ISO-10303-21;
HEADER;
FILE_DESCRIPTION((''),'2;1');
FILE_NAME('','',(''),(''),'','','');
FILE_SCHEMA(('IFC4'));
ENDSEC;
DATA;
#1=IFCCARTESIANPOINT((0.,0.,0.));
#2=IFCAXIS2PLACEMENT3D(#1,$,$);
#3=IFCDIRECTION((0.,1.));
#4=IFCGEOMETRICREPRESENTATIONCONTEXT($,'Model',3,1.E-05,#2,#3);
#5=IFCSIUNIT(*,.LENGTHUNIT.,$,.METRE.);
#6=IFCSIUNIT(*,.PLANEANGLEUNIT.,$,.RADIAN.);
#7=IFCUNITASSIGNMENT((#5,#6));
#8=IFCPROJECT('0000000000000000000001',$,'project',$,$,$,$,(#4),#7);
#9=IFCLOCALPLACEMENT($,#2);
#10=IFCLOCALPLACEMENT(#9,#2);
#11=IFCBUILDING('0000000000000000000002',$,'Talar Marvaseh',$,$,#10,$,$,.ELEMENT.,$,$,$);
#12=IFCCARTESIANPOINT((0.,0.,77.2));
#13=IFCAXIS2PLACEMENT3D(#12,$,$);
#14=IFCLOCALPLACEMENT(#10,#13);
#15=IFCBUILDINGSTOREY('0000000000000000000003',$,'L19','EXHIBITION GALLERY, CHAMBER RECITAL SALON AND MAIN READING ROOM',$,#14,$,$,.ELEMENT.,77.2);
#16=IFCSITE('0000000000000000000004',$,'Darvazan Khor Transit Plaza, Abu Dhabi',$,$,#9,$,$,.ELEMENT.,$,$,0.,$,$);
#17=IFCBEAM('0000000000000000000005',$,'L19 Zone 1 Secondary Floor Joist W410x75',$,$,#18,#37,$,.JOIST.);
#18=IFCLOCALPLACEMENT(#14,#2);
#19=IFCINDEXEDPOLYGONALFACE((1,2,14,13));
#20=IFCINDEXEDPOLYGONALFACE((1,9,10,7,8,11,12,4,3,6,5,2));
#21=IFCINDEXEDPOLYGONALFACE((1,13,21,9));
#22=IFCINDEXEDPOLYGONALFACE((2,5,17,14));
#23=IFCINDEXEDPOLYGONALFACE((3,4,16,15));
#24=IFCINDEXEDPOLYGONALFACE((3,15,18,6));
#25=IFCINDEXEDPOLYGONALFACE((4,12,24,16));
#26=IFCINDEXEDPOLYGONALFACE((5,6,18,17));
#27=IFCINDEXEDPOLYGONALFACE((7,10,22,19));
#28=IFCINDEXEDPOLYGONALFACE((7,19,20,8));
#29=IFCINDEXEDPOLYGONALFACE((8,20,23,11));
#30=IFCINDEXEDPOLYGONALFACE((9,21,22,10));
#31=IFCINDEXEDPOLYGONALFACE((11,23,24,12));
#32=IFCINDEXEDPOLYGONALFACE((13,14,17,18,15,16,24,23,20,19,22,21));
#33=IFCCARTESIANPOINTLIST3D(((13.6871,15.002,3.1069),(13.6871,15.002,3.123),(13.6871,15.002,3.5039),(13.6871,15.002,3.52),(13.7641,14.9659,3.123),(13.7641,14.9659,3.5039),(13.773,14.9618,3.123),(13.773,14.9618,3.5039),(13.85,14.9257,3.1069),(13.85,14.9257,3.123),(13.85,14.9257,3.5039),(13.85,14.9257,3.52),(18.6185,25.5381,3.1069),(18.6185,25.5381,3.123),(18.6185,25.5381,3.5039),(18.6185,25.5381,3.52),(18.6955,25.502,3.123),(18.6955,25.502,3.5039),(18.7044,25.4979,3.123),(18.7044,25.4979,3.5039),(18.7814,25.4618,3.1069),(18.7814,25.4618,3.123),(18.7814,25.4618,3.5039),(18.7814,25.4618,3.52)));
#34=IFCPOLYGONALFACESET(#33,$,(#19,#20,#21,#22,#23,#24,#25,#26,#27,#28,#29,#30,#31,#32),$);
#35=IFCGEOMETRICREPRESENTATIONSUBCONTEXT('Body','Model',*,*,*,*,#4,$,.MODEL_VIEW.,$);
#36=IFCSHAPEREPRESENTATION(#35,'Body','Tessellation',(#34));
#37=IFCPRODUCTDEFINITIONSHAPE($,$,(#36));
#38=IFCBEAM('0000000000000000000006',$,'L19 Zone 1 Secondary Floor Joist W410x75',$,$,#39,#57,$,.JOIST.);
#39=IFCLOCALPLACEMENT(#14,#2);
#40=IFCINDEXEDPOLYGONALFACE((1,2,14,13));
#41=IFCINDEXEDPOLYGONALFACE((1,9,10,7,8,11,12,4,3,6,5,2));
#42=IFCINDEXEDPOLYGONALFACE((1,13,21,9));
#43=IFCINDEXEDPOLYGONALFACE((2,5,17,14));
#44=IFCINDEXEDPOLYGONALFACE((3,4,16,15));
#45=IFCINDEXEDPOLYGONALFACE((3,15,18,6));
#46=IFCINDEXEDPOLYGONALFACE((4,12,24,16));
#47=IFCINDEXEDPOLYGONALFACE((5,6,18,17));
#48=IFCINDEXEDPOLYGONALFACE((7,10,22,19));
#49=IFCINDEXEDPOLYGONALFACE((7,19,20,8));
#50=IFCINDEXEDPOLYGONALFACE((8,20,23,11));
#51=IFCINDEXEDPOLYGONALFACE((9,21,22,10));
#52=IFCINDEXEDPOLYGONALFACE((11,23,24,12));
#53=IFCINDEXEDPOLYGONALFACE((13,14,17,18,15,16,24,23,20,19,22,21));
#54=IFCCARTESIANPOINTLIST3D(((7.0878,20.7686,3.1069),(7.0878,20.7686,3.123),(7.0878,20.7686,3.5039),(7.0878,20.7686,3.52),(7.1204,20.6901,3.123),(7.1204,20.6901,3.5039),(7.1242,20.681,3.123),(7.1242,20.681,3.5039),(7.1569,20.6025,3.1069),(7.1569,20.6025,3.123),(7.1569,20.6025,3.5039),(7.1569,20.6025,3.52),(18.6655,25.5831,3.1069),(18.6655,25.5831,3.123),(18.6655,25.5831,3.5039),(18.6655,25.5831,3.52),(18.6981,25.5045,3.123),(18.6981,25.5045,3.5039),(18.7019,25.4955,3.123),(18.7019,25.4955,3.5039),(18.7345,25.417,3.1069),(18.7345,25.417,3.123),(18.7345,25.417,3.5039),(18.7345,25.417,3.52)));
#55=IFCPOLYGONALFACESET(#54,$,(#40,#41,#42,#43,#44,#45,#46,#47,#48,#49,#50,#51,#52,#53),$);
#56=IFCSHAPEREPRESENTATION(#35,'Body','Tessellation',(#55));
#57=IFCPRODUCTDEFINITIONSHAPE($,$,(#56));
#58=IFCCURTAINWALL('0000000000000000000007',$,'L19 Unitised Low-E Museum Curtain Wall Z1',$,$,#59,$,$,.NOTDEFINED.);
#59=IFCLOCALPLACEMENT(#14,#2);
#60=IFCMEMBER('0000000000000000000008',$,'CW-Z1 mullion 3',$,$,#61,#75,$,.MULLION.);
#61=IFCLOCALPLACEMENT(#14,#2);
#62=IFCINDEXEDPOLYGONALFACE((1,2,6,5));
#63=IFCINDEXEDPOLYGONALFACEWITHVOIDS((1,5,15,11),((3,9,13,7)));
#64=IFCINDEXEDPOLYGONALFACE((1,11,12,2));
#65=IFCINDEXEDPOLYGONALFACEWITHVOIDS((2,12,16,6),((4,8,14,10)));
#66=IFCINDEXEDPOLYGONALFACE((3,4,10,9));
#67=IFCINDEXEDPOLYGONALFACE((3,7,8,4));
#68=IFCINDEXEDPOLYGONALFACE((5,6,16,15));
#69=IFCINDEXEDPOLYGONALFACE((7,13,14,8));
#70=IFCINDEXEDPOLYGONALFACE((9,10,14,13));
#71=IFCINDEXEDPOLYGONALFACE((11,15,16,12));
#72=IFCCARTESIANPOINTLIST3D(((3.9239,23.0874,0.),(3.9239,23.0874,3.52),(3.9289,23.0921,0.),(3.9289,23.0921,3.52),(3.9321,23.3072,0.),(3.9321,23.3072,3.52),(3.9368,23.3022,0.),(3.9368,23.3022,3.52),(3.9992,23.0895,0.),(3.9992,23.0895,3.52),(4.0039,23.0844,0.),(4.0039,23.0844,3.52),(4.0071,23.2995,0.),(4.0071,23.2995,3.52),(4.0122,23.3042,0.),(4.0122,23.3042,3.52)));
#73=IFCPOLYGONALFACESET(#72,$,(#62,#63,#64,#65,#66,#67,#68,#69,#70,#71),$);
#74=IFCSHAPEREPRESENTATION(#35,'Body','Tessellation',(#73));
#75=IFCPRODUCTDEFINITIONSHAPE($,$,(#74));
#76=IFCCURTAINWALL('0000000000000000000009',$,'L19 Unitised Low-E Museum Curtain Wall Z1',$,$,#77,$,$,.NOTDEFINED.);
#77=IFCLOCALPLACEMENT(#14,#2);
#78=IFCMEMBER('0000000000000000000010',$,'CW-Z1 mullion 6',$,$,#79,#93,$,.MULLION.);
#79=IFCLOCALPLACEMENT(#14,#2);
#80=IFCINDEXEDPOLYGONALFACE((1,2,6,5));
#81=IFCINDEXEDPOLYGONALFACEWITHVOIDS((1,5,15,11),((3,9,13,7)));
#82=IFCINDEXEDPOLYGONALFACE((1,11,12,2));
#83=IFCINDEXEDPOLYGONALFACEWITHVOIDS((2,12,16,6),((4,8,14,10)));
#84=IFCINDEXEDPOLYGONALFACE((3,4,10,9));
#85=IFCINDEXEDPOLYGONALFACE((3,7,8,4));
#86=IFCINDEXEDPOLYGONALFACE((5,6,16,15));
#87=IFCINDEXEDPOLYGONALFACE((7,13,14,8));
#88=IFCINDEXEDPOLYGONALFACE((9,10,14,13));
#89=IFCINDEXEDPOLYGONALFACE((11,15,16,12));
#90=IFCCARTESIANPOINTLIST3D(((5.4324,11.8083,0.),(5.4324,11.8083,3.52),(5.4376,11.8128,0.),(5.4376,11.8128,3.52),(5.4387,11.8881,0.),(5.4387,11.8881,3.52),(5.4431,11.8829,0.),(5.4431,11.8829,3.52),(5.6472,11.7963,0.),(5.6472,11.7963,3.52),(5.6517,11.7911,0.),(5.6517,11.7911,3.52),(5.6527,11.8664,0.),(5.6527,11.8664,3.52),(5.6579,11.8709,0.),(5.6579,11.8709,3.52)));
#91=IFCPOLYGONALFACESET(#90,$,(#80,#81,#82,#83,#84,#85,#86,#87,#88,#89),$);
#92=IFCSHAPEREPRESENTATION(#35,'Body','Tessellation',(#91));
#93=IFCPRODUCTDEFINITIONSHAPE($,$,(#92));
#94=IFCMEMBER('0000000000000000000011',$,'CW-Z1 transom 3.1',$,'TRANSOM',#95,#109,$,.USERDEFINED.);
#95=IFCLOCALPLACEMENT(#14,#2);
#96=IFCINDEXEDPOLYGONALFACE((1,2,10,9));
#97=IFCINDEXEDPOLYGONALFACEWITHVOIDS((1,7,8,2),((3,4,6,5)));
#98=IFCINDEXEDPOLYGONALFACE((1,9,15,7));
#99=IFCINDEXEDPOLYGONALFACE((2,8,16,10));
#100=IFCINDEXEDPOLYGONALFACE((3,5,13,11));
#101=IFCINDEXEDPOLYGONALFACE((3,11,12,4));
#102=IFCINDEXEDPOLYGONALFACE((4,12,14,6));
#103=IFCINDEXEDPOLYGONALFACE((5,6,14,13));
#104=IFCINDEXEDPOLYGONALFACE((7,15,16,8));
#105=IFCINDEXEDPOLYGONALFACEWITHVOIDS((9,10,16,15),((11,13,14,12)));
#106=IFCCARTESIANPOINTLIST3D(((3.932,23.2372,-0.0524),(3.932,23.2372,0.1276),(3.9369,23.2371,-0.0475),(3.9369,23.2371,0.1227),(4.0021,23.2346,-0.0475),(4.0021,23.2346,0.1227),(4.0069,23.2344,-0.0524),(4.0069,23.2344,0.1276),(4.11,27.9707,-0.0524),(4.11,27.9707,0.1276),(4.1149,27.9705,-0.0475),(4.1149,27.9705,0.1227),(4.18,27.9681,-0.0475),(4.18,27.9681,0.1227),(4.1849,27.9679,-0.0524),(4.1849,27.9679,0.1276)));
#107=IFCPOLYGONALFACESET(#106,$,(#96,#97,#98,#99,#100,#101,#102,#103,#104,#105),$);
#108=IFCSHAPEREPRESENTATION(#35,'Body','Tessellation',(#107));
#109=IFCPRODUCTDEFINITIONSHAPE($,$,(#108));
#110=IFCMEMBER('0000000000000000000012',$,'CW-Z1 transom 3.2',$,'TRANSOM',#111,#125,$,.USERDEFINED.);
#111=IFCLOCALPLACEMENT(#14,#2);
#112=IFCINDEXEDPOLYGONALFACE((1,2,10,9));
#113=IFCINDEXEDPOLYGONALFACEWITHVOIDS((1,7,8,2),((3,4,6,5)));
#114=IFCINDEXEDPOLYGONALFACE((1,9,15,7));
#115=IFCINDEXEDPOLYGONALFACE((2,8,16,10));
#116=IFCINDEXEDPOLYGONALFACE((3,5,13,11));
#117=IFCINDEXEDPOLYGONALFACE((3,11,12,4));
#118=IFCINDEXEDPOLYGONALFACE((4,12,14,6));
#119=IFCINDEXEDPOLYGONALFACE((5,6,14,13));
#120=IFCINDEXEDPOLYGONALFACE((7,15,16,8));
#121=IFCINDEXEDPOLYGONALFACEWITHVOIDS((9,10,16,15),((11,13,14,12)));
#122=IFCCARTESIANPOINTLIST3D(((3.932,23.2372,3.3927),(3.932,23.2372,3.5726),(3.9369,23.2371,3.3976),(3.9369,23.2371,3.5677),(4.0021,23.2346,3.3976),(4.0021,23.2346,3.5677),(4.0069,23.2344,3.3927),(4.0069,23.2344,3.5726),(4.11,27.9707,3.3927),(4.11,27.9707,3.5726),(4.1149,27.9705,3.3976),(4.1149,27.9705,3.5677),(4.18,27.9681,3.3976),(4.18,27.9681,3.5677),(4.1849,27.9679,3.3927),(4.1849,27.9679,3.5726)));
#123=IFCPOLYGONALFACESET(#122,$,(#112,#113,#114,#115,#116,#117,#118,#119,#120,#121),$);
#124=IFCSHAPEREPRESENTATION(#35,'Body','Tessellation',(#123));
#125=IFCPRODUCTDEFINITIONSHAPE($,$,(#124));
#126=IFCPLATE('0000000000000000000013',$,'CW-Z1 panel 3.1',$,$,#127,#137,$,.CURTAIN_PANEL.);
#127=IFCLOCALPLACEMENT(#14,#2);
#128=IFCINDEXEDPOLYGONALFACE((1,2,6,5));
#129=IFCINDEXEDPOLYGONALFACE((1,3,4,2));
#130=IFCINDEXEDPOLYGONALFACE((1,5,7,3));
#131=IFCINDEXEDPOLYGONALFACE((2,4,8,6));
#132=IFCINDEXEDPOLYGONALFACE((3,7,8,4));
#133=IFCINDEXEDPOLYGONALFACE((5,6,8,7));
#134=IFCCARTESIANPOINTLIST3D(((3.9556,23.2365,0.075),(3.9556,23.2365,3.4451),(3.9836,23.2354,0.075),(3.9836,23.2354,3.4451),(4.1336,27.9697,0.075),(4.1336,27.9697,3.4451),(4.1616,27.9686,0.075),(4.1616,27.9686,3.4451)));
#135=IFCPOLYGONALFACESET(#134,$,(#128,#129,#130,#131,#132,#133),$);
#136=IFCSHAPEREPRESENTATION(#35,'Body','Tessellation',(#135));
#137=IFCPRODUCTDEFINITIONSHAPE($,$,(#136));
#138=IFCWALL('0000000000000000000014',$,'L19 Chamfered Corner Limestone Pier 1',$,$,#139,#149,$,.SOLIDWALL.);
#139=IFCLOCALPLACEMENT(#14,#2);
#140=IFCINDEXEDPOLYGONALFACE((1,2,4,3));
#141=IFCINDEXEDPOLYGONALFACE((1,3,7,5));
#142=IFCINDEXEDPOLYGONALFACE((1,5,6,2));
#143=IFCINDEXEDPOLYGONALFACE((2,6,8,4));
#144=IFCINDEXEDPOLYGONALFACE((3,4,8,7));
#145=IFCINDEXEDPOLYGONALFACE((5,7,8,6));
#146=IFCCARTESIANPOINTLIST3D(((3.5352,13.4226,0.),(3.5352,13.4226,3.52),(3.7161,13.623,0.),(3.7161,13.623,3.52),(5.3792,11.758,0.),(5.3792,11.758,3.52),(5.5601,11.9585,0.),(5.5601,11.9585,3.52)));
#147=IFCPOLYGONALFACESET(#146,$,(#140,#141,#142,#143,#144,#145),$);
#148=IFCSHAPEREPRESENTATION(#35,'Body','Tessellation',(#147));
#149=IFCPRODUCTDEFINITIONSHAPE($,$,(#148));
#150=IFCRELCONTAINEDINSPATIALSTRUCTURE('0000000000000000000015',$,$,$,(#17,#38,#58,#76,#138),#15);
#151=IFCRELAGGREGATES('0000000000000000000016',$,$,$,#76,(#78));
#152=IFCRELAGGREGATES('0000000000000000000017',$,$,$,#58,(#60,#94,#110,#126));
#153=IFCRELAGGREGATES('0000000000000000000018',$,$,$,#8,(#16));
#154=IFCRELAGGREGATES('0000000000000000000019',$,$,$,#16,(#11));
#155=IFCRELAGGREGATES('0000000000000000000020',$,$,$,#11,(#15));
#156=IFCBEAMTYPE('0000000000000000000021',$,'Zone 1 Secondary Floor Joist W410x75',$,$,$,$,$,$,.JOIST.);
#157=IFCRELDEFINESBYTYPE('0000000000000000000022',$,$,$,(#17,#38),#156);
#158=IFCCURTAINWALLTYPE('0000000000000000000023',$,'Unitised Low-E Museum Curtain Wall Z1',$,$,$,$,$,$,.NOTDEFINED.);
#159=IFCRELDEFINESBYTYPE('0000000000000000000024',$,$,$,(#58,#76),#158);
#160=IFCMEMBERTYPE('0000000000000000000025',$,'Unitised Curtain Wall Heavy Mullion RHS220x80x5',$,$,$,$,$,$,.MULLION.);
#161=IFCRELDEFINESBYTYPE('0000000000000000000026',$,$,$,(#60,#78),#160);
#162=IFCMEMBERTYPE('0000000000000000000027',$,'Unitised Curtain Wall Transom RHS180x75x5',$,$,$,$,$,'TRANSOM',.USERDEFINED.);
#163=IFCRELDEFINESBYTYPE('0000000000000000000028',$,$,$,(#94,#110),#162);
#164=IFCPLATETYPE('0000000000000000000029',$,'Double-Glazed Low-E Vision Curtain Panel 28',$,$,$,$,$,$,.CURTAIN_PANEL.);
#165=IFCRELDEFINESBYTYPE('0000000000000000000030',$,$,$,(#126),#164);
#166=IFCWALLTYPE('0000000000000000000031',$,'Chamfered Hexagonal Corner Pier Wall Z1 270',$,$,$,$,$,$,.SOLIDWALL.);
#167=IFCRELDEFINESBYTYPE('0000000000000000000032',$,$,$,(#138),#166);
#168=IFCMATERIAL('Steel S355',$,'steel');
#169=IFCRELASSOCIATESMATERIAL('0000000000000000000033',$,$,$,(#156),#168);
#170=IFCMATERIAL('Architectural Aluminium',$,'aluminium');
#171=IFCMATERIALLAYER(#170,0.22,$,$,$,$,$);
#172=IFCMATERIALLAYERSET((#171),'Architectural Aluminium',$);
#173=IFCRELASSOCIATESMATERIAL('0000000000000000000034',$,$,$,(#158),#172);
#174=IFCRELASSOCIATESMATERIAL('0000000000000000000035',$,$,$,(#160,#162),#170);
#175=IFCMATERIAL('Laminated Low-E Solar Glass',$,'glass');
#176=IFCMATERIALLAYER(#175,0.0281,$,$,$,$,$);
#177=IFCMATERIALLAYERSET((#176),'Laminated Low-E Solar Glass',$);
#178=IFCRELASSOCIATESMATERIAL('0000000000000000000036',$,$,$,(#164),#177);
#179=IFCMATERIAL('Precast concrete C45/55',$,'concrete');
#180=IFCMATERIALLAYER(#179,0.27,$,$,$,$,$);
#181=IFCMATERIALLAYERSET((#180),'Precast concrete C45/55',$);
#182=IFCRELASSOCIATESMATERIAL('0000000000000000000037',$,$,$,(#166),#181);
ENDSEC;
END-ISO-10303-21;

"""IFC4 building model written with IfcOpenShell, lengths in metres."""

from ifc_helpers import new_model, si_unit, direction, frame, frame_2d, origin, origin_2d, place, context, subcontext, project, spatial, rectangle, hollow_rectangle, i_section, extrude, source, transform, mapped, material, layer, layer_set, material_profile, profile_set, type_object, type_shapes, element, aggregate, save


model = new_model("IFC4")

# Units and contexts
model_context = context("Model", 3, precision=1e-05, world=origin(), true_north=direction((0.0, 1.0)))
body_context = subcontext(model_context, "Body", "Model", "MODEL_VIEW")
ifc_project = project(units=[si_unit("LENGTHUNIT", "METRE"), si_unit("PLANEANGLEUNIT", "RADIAN")], contexts=[model_context])

# Site, building, storey
site_placement = place(None, origin())
site = spatial("IfcSite", under=ifc_project, at=site_placement, Name="Darvazan Khor Transit Plaza, Abu Dhabi", CompositionType="ELEMENT", RefElevation=0.0)
building_placement = place(site_placement, origin())
building = spatial("IfcBuilding", under=site, at=building_placement, Name="Talar Marvaseh", CompositionType="ELEMENT")
storey_placement = place(building_placement, frame((0.0, 0.0, 77.2)))
storey = spatial("IfcBuildingStorey", under=building, at=storey_placement, Name="L19", Description="EXHIBITION GALLERY, CHAMBER RECITAL SALON AND MAIN READING ROOM", CompositionType="ELEMENT", Elevation=77.2)

# Beams
ifc_material_1 = material(Name="Steel S355", Category="steel")
ifc_material_profile_1 = material_profile(ifc_material_1, i_section(OverallWidth=0.1799, OverallDepth=0.4131, WebThickness=0.0098, FlangeThickness=0.0161, at=origin_2d()), Name="W410x75")
ifc_profile_set_1 = profile_set([ifc_material_profile_1], Name="Steel S355")
beam_type_1 = type_object("IfcBeamType", Name="Zone 1 Secondary Floor Joist W410x75", PredefinedType="JOIST", material=ifc_profile_set_1)
beam_1_placement = place(storey_placement, frame((13.7686, 14.9639, 3.3135), z_axis=(0.423911, 0.905704, 0.0), x_axis=(-0.905704, 0.423911, 0.0)))
element("IfcBeam", 1, at=beam_1_placement, inside=storey, type_object=beam_type_1, Name="L19 Zone 1 Secondary Floor Joist W410x75", PredefinedType="JOIST", context=body_context, shape_type="SweptSolid", body=[
    extrude(i_section(OverallWidth=0.1799, OverallDepth=0.4131, WebThickness=0.0098, FlangeThickness=0.0161, at=origin_2d()), origin(), (0.0, 0.0, 1.0), 11.6331),
])
beam_2_placement = place(storey_placement, frame((7.1223, 20.6855, 3.3135), z_axis=(0.923347, 0.383965, 0.0), x_axis=(-0.383965, 0.923347, 0.0)))
element("IfcBeam", 2, at=beam_2_placement, inside=storey, type_object=beam_type_1, Name="L19 Zone 1 Secondary Floor Joist W410x75", PredefinedType="JOIST", context=body_context, shape_type="SweptSolid", body=[
    extrude(i_section(OverallWidth=0.1799, OverallDepth=0.4131, WebThickness=0.0098, FlangeThickness=0.0161, at=origin_2d()), origin(), (0.0, 0.0, 1.0), 12.5388),
])

# Curtain walls, members
ifc_material_2 = material(Name="Architectural Aluminium", Category="aluminium")
ifc_layer_1 = layer(ifc_material_2, 0.22)
ifc_layer_set_1 = layer_set([ifc_layer_1], Name="Architectural Aluminium")
curtain_wall_type = type_object("IfcCurtainWallType", Name="Unitised Low-E Museum Curtain Wall Z1", PredefinedType="NOTDEFINED", material=ifc_layer_set_1)
curtain_wall_1_placement = place(storey_placement, origin())
curtain_wall_1 = element("IfcCurtainWall", 3, at=curtain_wall_1_placement, inside=storey, type_object=curtain_wall_type, Name="L19 Unitised Low-E Museum Curtain Wall Z1", PredefinedType="NOTDEFINED")
ifc_material_profile_2 = material_profile(ifc_material_2, hollow_rectangle(XDim=0.0801, YDim=0.22, WallThickness=0.0049, at=origin_2d()), Name="RHS220x80x5")
ifc_profile_set_2 = profile_set([ifc_material_profile_2], Name="Architectural Aluminium")
member_type_1 = type_object("IfcMemberType", Name="Unitised Curtain Wall Heavy Mullion RHS220x80x5", PredefinedType="MULLION", material=ifc_profile_set_2)
shared_shape_1 = source(origin(), body_context, "Body", "SweptSolid", [
    extrude(hollow_rectangle(XDim=0.0801, YDim=0.22, WallThickness=0.0049, at=origin_2d()), origin(), (0.0, 0.0, 1.0), 3.52),
])
type_shapes(member_type_1, [shared_shape_1])
member_1_placement = place(storey_placement, frame((3.968, 23.1958, 0.0), z_axis=(0.0, 0.0, 1.0), x_axis=(-0.999293, 0.037584, 0.0)))
member_1 = element("IfcMember", 4, at=member_1_placement, type_object=member_type_1, Name="CW-Z1 mullion 3", PredefinedType="MULLION", context=body_context, shape_type="MappedRepresentation", body=[
    mapped(shared_shape_1, transform((0.0, 0.0, 0.0), x_axis=(1.0, 0.0, 0.0), y_axis=(0.0, 1.0, 0.0), z_axis=(0.0, 0.0, 1.0), scale=1.0)),
])
curtain_wall_2_placement = place(storey_placement, origin())
curtain_wall_2 = element("IfcCurtainWall", 5, at=curtain_wall_2_placement, inside=storey, type_object=curtain_wall_type, Name="L19 Unitised Low-E Museum Curtain Wall Z1", PredefinedType="NOTDEFINED")
member_2_placement = place(storey_placement, frame((5.5452, 11.8396, 0.0), z_axis=(0.0, 0.0, 1.0), x_axis=(-0.078306, -0.996929, 0.0)))
member_2 = element("IfcMember", 6, at=member_2_placement, type_object=member_type_1, Name="CW-Z1 mullion 6", PredefinedType="MULLION", context=body_context, shape_type="MappedRepresentation", body=[
    mapped(shared_shape_1, transform((0.0, 0.0, 0.0), x_axis=(1.0, 0.0, 0.0), y_axis=(0.0, 1.0, 0.0), z_axis=(0.0, 0.0, 1.0), scale=1.0)),
])
aggregate(curtain_wall_2, [member_2])

# Members
ifc_material_profile_3 = material_profile(ifc_material_2, hollow_rectangle(XDim=0.075, YDim=0.1799, WallThickness=0.0049, at=origin_2d()), Name="RHS180x75x5")
ifc_profile_set_3 = profile_set([ifc_material_profile_3], Name="Architectural Aluminium")
member_type_2 = type_object("IfcMemberType", Name="Unitised Curtain Wall Transom RHS180x75x5", ElementType="TRANSOM", PredefinedType="USERDEFINED", material=ifc_profile_set_3)
shared_shape_2 = source(origin(), body_context, "Body", "SweptSolid", [
    extrude(hollow_rectangle(XDim=0.075, YDim=0.1799, WallThickness=0.0049, at=origin_2d()), origin(), (0.0, 0.0, 1.0), 4.7368),
])
type_shapes(member_type_2, [shared_shape_2])
member_3_placement = place(storey_placement, frame((3.9695, 23.2358, 0.0376), z_axis=(0.037574, 0.999294, 0.0), x_axis=(-0.999294, 0.037574, 0.0)))
member_3 = element("IfcMember", 7, at=member_3_placement, type_object=member_type_2, Name="CW-Z1 transom 3.1", ObjectType="TRANSOM", PredefinedType="USERDEFINED", context=body_context, shape_type="MappedRepresentation", body=[
    mapped(shared_shape_2, transform((0.0, 0.0, 0.0), x_axis=(1.0, 0.0, 0.0), y_axis=(0.0, 1.0, 0.0), z_axis=(0.0, 0.0, 1.0), scale=1.0)),
])
member_4_placement = place(storey_placement, frame((3.9695, 23.2358, 3.4827), z_axis=(0.037574, 0.999294, 0.0), x_axis=(-0.999294, 0.037574, 0.0)))
member_4 = element("IfcMember", 8, at=member_4_placement, type_object=member_type_2, Name="CW-Z1 transom 3.2", ObjectType="TRANSOM", PredefinedType="USERDEFINED", context=body_context, shape_type="MappedRepresentation", body=[
    mapped(shared_shape_2, transform((0.0, 0.0, 0.0), x_axis=(1.0, 0.0, 0.0), y_axis=(0.0, 1.0, 0.0), z_axis=(0.0, 0.0, 1.0), scale=1.0)),
])

# Plate
ifc_material_3 = material(Name="Laminated Low-E Solar Glass", Category="glass")
ifc_layer_2 = layer(ifc_material_3, 0.0281)
ifc_layer_set_2 = layer_set([ifc_layer_2], Name="Laminated Low-E Solar Glass")
plate_type = type_object("IfcPlateType", Name="Double-Glazed Low-E Vision Curtain Panel 28", PredefinedType="CURTAIN_PANEL", material=ifc_layer_set_2)
shared_shape_3 = source(origin(), body_context, "Body", "SweptSolid", [
    extrude(rectangle(XDim=4.7366, YDim=0.0281, at=origin_2d()), origin(), (0.0, 0.0, 1.0), 3.3701),
])
type_shapes(plate_type, [shared_shape_3])
plate_placement = place(storey_placement, frame((4.0586, 25.6025, 0.075), z_axis=(0.0, 0.0, 1.0), x_axis=(0.037584, 0.999293, 0.0)))
plate = element("IfcPlate", 9, at=plate_placement, type_object=plate_type, Name="CW-Z1 panel 3.1", PredefinedType="CURTAIN_PANEL", context=body_context, shape_type="MappedRepresentation", body=[
    mapped(shared_shape_3, transform((0.0, 0.0, 0.0), x_axis=(1.0, 0.0, 0.0), y_axis=(0.0, 1.0, 0.0), z_axis=(0.0, 0.0, 1.0), scale=1.0)),
])
aggregate(curtain_wall_1, [member_1, member_3, member_4, plate])

# Wall
ifc_material_4 = material(Name="Precast concrete C45/55", Category="concrete")
ifc_layer_3 = layer(ifc_material_4, 0.27)
ifc_layer_set_3 = layer_set([ifc_layer_3], Name="Precast concrete C45/55")
wall_type_1 = type_object("IfcWallType", Name="Chamfered Hexagonal Corner Pier Wall Z1 270", PredefinedType="SOLIDWALL", material=ifc_layer_set_3)
wall_1_placement = place(storey_placement, frame((5.4697, 11.8582, 0.0), z_axis=(0.0, 0.0, 1.0), x_axis=(-0.742301, 0.670066, 0.0)))
element("IfcWall", 10, at=wall_1_placement, inside=storey, type_object=wall_type_1, Name="L19 Chamfered Corner Limestone Pier 1", PredefinedType="SOLIDWALL", context=body_context, shape_type="SweptSolid", body=[
    extrude(rectangle(XDim=2.4841, YDim=0.27, at=frame_2d((1.2422, 0.0))), origin(), (0.0, 0.0, 1.0), 3.52),
])

save(model, "model.ifc")
